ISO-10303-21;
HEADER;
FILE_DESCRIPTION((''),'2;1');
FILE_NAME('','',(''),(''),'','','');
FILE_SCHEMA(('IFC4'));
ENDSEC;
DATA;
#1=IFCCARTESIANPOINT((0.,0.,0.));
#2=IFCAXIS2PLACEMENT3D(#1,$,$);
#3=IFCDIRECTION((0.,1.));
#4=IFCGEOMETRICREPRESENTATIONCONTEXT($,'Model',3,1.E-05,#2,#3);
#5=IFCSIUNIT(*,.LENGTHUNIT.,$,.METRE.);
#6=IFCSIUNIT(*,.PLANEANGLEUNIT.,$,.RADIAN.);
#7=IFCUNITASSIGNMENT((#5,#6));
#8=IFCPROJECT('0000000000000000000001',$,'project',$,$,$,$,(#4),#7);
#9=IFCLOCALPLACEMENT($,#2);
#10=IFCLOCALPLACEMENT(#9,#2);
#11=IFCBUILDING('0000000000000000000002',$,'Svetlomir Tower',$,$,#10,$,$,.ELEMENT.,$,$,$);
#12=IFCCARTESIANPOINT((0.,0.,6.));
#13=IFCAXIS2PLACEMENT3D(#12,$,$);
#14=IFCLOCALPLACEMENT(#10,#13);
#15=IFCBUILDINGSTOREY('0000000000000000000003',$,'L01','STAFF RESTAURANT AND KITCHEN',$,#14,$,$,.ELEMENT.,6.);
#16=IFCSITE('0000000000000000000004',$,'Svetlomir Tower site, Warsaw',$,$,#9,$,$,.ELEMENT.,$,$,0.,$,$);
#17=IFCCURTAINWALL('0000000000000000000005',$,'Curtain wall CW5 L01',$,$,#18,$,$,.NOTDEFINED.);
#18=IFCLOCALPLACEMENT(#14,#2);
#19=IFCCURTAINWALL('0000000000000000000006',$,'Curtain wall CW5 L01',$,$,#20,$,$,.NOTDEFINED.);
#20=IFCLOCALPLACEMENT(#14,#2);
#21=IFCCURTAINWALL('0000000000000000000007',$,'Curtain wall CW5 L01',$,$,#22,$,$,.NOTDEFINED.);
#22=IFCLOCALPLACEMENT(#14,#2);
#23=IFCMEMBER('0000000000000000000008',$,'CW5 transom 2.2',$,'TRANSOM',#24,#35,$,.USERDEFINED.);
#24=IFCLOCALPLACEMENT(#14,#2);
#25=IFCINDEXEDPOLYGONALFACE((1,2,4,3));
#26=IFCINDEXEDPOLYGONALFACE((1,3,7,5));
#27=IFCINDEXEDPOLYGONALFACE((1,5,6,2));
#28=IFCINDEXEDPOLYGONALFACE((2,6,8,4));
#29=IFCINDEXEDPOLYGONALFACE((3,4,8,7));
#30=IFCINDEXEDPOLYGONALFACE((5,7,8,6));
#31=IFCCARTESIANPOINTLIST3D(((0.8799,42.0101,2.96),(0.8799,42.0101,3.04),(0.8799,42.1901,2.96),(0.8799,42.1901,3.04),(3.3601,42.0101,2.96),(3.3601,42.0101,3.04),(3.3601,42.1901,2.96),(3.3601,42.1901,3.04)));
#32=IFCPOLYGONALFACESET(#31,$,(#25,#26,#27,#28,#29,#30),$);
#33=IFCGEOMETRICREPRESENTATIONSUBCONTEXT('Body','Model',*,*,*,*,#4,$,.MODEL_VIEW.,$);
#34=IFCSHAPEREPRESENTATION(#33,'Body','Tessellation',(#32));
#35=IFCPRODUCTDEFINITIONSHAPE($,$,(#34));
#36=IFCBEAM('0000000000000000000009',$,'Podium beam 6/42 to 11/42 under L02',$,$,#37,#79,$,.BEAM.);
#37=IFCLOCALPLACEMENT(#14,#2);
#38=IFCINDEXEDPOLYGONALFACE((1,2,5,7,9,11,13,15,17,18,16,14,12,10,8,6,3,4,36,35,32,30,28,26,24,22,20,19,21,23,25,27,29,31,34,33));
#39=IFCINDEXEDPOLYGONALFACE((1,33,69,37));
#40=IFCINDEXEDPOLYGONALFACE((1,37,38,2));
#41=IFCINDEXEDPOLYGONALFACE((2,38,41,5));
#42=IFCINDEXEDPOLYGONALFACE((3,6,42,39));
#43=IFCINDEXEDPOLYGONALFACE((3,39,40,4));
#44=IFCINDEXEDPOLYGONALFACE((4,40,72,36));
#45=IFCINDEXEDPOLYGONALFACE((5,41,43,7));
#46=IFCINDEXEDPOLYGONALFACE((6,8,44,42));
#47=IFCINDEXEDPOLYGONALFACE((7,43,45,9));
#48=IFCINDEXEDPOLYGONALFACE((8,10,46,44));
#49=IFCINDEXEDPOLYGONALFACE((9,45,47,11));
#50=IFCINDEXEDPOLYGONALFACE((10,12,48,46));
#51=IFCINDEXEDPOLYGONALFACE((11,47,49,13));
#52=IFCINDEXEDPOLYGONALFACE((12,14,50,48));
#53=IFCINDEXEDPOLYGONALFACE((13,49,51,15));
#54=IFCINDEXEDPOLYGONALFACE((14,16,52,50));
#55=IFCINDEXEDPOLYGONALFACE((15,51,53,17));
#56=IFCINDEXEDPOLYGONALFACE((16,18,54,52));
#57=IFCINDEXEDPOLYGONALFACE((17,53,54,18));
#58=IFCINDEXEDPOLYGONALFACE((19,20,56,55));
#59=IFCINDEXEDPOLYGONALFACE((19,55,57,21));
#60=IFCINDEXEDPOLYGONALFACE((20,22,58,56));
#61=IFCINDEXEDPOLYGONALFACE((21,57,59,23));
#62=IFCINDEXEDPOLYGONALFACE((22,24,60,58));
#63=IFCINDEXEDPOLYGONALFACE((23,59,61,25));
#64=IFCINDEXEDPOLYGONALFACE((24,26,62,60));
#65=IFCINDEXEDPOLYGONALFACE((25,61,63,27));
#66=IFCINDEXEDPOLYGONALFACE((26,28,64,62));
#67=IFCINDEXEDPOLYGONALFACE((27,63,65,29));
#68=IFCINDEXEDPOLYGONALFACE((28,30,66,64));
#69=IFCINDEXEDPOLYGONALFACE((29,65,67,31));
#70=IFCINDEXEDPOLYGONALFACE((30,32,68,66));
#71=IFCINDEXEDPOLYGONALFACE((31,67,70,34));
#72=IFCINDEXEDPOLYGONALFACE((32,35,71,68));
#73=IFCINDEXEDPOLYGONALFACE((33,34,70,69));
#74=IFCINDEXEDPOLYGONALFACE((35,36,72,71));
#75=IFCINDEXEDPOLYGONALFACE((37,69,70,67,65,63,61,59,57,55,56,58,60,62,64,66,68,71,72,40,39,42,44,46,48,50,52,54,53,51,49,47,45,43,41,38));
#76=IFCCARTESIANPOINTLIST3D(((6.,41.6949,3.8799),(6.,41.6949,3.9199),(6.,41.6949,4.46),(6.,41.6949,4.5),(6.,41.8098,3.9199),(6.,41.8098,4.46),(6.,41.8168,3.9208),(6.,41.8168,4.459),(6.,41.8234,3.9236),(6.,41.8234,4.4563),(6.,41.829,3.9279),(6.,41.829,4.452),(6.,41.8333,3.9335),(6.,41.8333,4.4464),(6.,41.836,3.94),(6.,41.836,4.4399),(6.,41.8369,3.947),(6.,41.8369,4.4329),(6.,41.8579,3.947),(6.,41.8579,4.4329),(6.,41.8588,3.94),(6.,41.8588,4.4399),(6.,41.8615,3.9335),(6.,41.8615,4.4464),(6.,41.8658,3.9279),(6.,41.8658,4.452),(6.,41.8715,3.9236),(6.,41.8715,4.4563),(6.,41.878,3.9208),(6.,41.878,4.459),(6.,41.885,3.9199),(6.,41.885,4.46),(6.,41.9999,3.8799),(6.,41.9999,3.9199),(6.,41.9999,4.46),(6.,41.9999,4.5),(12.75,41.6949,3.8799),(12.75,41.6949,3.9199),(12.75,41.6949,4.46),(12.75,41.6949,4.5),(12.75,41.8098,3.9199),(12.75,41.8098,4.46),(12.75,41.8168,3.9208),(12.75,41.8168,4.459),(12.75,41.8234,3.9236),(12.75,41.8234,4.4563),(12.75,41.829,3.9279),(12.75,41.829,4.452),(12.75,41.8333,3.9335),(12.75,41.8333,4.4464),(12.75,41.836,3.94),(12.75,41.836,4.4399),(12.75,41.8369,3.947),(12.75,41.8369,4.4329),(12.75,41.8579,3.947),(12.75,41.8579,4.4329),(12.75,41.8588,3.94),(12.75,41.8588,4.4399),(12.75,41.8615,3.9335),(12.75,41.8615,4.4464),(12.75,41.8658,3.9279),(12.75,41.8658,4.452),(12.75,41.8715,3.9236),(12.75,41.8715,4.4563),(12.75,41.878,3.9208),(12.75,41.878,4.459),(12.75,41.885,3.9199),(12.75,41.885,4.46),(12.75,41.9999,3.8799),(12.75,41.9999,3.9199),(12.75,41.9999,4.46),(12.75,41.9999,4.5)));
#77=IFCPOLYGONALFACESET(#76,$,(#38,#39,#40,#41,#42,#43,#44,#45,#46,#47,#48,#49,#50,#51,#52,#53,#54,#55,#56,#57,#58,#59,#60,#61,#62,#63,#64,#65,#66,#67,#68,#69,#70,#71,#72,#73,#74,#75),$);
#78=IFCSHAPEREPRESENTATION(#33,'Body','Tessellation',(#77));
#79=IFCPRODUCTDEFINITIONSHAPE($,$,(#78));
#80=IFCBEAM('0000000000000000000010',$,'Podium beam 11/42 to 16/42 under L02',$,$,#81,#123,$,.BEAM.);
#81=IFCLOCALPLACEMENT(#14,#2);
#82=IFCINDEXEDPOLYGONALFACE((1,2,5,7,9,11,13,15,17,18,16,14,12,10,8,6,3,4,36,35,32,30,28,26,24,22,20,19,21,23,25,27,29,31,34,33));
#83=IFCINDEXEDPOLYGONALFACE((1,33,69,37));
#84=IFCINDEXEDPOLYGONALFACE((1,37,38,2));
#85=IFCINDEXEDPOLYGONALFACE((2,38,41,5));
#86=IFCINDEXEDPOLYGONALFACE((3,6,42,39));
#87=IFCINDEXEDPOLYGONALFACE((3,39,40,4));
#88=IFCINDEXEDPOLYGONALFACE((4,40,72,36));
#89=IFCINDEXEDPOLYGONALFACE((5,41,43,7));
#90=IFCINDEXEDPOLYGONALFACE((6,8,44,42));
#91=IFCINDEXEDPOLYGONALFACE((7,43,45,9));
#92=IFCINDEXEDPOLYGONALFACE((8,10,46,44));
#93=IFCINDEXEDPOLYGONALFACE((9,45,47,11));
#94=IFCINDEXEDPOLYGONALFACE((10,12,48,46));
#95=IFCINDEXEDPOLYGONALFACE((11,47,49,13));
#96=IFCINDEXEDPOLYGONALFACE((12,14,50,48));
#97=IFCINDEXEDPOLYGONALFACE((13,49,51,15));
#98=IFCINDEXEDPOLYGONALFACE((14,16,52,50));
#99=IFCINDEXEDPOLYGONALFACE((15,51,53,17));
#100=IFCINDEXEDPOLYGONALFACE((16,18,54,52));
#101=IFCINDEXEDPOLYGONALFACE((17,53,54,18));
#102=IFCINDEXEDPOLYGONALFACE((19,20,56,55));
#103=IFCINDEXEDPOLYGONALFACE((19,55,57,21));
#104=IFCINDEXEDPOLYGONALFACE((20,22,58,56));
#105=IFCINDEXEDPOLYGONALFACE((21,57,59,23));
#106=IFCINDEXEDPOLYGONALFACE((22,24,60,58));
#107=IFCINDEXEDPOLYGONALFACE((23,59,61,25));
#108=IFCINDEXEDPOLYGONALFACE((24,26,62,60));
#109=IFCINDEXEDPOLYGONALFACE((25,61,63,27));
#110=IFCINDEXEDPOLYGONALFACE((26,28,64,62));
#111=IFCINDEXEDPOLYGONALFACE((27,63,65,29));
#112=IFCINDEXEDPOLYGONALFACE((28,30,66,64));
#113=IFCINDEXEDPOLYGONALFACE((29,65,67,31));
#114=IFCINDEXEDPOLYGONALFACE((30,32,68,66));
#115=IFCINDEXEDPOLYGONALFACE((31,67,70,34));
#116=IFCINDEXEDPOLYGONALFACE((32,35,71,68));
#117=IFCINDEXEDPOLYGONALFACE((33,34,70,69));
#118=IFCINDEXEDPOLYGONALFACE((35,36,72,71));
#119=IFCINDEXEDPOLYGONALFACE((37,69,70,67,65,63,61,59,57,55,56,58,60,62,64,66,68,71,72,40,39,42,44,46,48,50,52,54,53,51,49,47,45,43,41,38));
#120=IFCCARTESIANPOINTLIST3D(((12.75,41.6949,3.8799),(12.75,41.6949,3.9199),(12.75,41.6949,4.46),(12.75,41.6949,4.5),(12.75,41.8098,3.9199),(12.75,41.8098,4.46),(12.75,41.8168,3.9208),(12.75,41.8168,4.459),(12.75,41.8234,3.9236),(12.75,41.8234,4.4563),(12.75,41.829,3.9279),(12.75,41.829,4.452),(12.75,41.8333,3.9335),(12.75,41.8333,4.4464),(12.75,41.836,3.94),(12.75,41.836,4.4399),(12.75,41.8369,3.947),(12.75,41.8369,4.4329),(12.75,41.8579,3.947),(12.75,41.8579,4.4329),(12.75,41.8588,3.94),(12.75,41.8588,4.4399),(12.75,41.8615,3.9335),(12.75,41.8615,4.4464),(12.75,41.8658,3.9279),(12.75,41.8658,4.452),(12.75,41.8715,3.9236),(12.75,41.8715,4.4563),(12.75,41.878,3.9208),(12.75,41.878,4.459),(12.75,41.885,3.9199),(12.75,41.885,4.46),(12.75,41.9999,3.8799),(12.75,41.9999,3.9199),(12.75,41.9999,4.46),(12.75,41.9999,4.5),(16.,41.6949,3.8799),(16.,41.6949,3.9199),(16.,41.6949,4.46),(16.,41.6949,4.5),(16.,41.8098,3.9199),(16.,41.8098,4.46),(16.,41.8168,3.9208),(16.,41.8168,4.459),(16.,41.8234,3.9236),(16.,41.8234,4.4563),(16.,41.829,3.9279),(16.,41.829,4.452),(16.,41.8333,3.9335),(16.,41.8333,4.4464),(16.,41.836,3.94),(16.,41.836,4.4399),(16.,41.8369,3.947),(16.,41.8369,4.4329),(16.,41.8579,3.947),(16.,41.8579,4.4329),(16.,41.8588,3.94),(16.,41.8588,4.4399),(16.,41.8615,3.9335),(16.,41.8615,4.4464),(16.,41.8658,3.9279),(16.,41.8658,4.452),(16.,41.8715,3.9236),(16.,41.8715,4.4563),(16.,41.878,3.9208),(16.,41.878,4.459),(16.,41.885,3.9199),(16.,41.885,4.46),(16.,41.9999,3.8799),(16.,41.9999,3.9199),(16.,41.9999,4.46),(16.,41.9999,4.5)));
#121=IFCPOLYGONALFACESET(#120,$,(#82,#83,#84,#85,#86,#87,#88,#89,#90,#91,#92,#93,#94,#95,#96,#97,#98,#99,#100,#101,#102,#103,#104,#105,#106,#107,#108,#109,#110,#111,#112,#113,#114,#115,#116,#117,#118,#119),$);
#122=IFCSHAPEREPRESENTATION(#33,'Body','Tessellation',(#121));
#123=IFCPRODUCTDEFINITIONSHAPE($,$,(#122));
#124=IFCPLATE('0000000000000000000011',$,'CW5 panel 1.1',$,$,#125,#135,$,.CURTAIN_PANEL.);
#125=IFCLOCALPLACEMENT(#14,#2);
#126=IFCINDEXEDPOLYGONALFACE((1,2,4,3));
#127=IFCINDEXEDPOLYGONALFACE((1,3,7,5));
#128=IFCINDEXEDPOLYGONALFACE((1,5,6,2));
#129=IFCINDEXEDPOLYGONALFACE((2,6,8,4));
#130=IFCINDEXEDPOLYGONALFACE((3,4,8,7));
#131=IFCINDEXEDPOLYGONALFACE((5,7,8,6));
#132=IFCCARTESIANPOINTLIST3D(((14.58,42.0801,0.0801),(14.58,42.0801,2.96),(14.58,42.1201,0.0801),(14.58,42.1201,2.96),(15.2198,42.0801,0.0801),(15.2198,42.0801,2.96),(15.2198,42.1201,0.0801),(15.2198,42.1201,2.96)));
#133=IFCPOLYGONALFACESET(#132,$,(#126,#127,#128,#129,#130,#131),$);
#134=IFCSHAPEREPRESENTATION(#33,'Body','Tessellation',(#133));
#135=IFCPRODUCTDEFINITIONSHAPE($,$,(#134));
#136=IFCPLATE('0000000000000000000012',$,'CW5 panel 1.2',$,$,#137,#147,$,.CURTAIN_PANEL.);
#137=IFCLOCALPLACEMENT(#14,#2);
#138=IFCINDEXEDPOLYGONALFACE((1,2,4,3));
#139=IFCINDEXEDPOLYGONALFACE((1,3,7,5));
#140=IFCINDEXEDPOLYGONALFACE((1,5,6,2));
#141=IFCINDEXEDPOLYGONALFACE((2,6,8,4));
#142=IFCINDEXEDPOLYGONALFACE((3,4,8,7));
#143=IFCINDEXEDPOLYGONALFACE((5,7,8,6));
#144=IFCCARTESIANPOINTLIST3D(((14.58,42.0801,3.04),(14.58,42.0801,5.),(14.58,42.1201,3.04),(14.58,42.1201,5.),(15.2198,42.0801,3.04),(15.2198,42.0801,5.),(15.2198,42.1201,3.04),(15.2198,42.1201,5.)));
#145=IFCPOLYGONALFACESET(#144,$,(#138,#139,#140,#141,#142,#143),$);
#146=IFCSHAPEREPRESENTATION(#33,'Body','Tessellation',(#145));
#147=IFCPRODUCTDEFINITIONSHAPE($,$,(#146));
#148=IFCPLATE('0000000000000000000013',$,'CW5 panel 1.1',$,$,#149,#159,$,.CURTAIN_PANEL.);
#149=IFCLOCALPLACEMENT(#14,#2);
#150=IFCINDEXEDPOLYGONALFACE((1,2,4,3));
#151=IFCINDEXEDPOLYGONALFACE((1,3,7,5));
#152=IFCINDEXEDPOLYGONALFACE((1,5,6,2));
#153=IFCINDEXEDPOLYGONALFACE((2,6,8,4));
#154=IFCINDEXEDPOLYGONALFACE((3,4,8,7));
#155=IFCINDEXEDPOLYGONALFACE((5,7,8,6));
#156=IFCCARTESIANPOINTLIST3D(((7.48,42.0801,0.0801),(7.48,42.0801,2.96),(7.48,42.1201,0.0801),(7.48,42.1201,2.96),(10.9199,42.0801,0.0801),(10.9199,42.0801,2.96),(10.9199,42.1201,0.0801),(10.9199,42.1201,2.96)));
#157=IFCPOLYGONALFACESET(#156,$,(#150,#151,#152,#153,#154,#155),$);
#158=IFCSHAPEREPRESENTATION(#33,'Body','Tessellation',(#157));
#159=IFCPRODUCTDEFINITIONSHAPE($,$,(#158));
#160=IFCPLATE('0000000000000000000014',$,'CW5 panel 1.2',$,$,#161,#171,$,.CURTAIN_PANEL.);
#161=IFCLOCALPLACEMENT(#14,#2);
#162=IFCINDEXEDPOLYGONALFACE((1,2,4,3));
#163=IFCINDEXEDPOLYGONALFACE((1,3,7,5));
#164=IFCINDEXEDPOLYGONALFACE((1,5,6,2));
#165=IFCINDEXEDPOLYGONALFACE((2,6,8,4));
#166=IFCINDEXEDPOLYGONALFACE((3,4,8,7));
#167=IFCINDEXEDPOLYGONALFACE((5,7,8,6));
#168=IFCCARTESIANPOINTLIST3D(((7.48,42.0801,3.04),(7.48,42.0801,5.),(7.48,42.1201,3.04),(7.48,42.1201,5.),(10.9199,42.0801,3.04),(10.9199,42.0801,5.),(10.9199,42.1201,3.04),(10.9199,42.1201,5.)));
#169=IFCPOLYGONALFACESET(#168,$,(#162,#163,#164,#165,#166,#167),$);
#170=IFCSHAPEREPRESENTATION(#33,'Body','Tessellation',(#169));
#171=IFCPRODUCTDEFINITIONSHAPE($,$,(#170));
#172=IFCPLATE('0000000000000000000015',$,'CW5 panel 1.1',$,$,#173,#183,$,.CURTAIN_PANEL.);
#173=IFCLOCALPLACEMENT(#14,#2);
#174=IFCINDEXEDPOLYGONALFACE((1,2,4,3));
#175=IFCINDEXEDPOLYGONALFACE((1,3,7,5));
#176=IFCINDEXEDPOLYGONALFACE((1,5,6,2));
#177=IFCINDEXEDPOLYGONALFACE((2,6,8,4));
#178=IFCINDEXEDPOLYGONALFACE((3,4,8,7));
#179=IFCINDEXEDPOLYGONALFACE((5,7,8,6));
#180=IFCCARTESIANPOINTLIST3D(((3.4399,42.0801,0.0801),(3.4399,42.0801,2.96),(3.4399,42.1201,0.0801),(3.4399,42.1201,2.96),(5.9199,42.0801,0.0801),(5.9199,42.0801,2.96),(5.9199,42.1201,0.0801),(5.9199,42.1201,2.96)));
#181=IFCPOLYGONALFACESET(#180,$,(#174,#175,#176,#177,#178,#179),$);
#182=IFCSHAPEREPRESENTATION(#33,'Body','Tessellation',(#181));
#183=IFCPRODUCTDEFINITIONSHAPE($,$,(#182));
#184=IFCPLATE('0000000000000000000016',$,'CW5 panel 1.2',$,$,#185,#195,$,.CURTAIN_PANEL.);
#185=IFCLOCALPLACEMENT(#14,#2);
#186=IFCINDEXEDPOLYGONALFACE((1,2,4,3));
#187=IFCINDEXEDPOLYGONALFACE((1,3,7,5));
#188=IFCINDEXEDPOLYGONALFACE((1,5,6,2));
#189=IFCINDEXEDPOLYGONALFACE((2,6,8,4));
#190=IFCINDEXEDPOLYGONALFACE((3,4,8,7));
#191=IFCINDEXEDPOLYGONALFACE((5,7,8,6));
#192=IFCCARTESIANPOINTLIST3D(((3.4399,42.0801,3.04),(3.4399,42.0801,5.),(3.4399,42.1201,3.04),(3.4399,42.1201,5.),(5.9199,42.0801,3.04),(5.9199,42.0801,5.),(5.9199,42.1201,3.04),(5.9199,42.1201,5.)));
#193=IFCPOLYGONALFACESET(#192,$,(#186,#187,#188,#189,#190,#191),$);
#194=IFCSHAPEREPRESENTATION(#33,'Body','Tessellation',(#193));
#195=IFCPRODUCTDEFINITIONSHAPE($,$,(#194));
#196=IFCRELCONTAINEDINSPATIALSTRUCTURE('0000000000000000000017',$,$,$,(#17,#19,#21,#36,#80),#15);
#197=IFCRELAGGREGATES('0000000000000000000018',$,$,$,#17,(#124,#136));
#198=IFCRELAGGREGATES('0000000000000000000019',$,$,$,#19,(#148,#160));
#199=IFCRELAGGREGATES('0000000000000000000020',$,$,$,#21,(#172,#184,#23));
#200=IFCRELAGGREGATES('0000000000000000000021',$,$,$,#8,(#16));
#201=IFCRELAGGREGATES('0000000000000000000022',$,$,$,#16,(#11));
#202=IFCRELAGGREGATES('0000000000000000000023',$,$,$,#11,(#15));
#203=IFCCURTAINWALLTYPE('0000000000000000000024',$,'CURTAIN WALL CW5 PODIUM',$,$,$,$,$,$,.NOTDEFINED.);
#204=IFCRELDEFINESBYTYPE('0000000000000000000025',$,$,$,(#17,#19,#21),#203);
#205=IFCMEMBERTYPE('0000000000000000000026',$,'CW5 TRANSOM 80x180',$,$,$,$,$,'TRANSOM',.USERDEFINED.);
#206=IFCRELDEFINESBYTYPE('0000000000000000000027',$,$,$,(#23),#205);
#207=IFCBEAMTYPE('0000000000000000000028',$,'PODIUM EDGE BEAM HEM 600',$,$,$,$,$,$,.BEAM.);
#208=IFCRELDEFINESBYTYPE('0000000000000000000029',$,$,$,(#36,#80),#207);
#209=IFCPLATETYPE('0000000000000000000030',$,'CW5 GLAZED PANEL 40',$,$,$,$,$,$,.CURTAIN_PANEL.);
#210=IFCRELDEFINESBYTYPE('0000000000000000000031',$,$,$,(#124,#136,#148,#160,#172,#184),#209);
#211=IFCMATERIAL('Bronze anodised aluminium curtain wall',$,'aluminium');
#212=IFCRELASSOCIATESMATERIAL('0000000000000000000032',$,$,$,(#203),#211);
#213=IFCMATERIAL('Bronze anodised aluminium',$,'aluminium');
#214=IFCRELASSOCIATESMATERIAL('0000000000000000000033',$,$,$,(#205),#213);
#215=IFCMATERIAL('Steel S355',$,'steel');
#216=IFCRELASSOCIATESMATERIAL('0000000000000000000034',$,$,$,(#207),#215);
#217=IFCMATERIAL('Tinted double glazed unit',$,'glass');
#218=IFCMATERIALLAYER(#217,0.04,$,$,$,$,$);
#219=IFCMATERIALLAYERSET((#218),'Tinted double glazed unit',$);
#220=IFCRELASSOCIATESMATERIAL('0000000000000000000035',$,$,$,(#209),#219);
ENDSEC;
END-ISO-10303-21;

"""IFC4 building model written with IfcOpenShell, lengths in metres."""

from ifc_helpers import new_model, si_unit, direction, frame, origin, origin_2d, place, context, subcontext, project, spatial, rectangle, i_section, extrude, material, layer, layer_set, material_profile, profile_set, type_object, element, aggregate, save


model = new_model("IFC4")

# Units and contexts
model_context = context("Model", 3, precision=1e-05, world=origin(), true_north=direction((0.0, 1.0)))
body_context = subcontext(model_context, "Body", "Model", "MODEL_VIEW")
ifc_project = project(units=[si_unit("LENGTHUNIT", "METRE"), si_unit("PLANEANGLEUNIT", "RADIAN")], contexts=[model_context])

# Site, building, storey
site_placement = place(None, origin())
site = spatial("IfcSite", under=ifc_project, at=site_placement, Name="Svetlomir Tower site, Warsaw", CompositionType="ELEMENT", RefElevation=0.0)
building_placement = place(site_placement, origin())
building = spatial("IfcBuilding", under=site, at=building_placement, Name="Svetlomir Tower", CompositionType="ELEMENT")
storey_placement = place(building_placement, frame((0.0, 0.0, 6.0)))
storey = spatial("IfcBuildingStorey", under=building, at=storey_placement, Name="L01", Description="STAFF RESTAURANT AND KITCHEN", CompositionType="ELEMENT", Elevation=6.0)

# Curtain walls
ifc_material_1 = material(Name="Bronze anodised aluminium curtain wall", Category="aluminium")
curtain_wall_type = type_object("IfcCurtainWallType", Name="CURTAIN WALL CW5 PODIUM", PredefinedType="NOTDEFINED", material=ifc_material_1)
curtain_wall_1_placement = place(storey_placement, origin())
curtain_wall_1 = element("IfcCurtainWall", 1, at=curtain_wall_1_placement, inside=storey, type_object=curtain_wall_type, Name="Curtain wall CW5 L01", PredefinedType="NOTDEFINED")
curtain_wall_2_placement = place(storey_placement, origin())
curtain_wall_2 = element("IfcCurtainWall", 2, at=curtain_wall_2_placement, inside=storey, type_object=curtain_wall_type, Name="Curtain wall CW5 L01", PredefinedType="NOTDEFINED")
curtain_wall_3_placement = place(storey_placement, origin())
curtain_wall_3 = element("IfcCurtainWall", 3, at=curtain_wall_3_placement, inside=storey, type_object=curtain_wall_type, Name="Curtain wall CW5 L01", PredefinedType="NOTDEFINED")

# Member
ifc_material_2 = material(Name="Bronze anodised aluminium", Category="aluminium")
ifc_material_profile_1 = material_profile(ifc_material_2, rectangle(XDim=0.1799, YDim=0.0801, at=origin_2d()), Name="AL 180x80")
ifc_profile_set_1 = profile_set([ifc_material_profile_1], Name="Bronze anodised aluminium 6063-T6")
member_type_1 = type_object("IfcMemberType", Name="CW5 TRANSOM 80x180", ElementType="TRANSOM", PredefinedType="USERDEFINED", material=ifc_profile_set_1)
member_1_placement = place(storey_placement, frame((3.3601, 42.1001, 3.0), z_axis=(-1.0, 0.0, 0.0), x_axis=(0.0, -1.0, 0.0)))
member_1 = element("IfcMember", 4, at=member_1_placement, type_object=member_type_1, Name="CW5 transom 2.2", ObjectType="TRANSOM", PredefinedType="USERDEFINED", context=body_context, shape_type="SweptSolid", body=[
    extrude(rectangle(XDim=0.1799, YDim=0.0801, at=origin_2d()), origin(), (0.0, 0.0, 1.0), 2.4802),
])

# Beams
ifc_material_3 = material(Name="Steel S355", Category="steel")
ifc_material_profile_2 = material_profile(ifc_material_3, i_section(OverallWidth=0.3049, OverallDepth=0.6201, WebThickness=0.021, FlangeThickness=0.04, FilletRadius=0.0271, at=origin_2d()), Name="HEM 600")
ifc_profile_set_2 = profile_set([ifc_material_profile_2], Name="Steel S355")
beam_type = type_object("IfcBeamType", Name="PODIUM EDGE BEAM HEM 600", PredefinedType="BEAM", material=ifc_profile_set_2)
beam_1_placement = place(storey_placement, frame((6.0, 41.8474, 4.1899), z_axis=(1.0, 0.0, 0.0), x_axis=(0.0, 1.0, 0.0)))
element("IfcBeam", 5, at=beam_1_placement, inside=storey, type_object=beam_type, Name="Podium beam 6/42 to 11/42 under L02", PredefinedType="BEAM", context=body_context, shape_type="SweptSolid", body=[
    extrude(i_section(OverallWidth=0.3049, OverallDepth=0.6201, WebThickness=0.021, FlangeThickness=0.04, FilletRadius=0.0271, at=origin_2d()), origin(), (0.0, 0.0, 1.0), 6.75),
])
beam_2_placement = place(storey_placement, frame((12.75, 41.8474, 4.1899), z_axis=(1.0, 0.0, 0.0), x_axis=(0.0, 1.0, 0.0)))
element("IfcBeam", 6, at=beam_2_placement, inside=storey, type_object=beam_type, Name="Podium beam 11/42 to 16/42 under L02", PredefinedType="BEAM", context=body_context, shape_type="SweptSolid", body=[
    extrude(i_section(OverallWidth=0.3049, OverallDepth=0.6201, WebThickness=0.021, FlangeThickness=0.04, FilletRadius=0.0271, at=origin_2d()), origin(), (0.0, 0.0, 1.0), 3.25),
])

# Plates
ifc_material_4 = material(Name="Tinted double glazed unit", Category="glass")
ifc_layer = layer(ifc_material_4, 0.04)
ifc_layer_set = layer_set([ifc_layer], Name="Tinted double glazed unit")
plate_type = type_object("IfcPlateType", Name="CW5 GLAZED PANEL 40", PredefinedType="CURTAIN_PANEL", material=ifc_layer_set)
plate_1_placement = place(storey_placement, frame((14.8999, 42.1001, 0.0801), z_axis=(0.0, 0.0, 1.0), x_axis=(-1.0, 0.0, 0.0)))
plate_1 = element("IfcPlate", 7, at=plate_1_placement, type_object=plate_type, Name="CW5 panel 1.1", PredefinedType="CURTAIN_PANEL", context=body_context, shape_type="SweptSolid", body=[
    extrude(rectangle(XDim=0.6399, YDim=0.04, at=origin_2d()), origin(), (0.0, 0.0, 1.0), 2.8799),
])
plate_2_placement = place(storey_placement, frame((14.8999, 42.1001, 3.04), z_axis=(0.0, 0.0, 1.0), x_axis=(-1.0, 0.0, 0.0)))
plate_2 = element("IfcPlate", 8, at=plate_2_placement, type_object=plate_type, Name="CW5 panel 1.2", PredefinedType="CURTAIN_PANEL", context=body_context, shape_type="SweptSolid", body=[
    extrude(rectangle(XDim=0.6399, YDim=0.04, at=origin_2d()), origin(), (0.0, 0.0, 1.0), 1.96),
])
aggregate(curtain_wall_1, [plate_1, plate_2])
plate_3_placement = place(storey_placement, frame((9.2, 42.1001, 0.0801), z_axis=(0.0, 0.0, 1.0), x_axis=(-1.0, 0.0, 0.0)))
plate_3 = element("IfcPlate", 9, at=plate_3_placement, type_object=plate_type, Name="CW5 panel 1.1", PredefinedType="CURTAIN_PANEL", context=body_context, shape_type="SweptSolid", body=[
    extrude(rectangle(XDim=3.4399, YDim=0.04, at=origin_2d()), origin(), (0.0, 0.0, 1.0), 2.8799),
])
plate_4_placement = place(storey_placement, frame((9.2, 42.1001, 3.04), z_axis=(0.0, 0.0, 1.0), x_axis=(-1.0, 0.0, 0.0)))
plate_4 = element("IfcPlate", 10, at=plate_4_placement, type_object=plate_type, Name="CW5 panel 1.2", PredefinedType="CURTAIN_PANEL", context=body_context, shape_type="SweptSolid", body=[
    extrude(rectangle(XDim=3.4399, YDim=0.04, at=origin_2d()), origin(), (0.0, 0.0, 1.0), 1.96),
])
aggregate(curtain_wall_2, [plate_3, plate_4])
plate_5_placement = place(storey_placement, frame((4.6799, 42.1001, 0.0801), z_axis=(0.0, 0.0, 1.0), x_axis=(-1.0, 0.0, 0.0)))
plate_5 = element("IfcPlate", 11, at=plate_5_placement, type_object=plate_type, Name="CW5 panel 1.1", PredefinedType="CURTAIN_PANEL", context=body_context, shape_type="SweptSolid", body=[
    extrude(rectangle(XDim=2.48, YDim=0.04, at=origin_2d()), origin(), (0.0, 0.0, 1.0), 2.8799),
])
plate_6_placement = place(storey_placement, frame((4.6799, 42.1001, 3.04), z_axis=(0.0, 0.0, 1.0), x_axis=(-1.0, 0.0, 0.0)))
plate_6 = element("IfcPlate", 12, at=plate_6_placement, type_object=plate_type, Name="CW5 panel 1.2", PredefinedType="CURTAIN_PANEL", context=body_context, shape_type="SweptSolid", body=[
    extrude(rectangle(XDim=2.48, YDim=0.04, at=origin_2d()), origin(), (0.0, 0.0, 1.0), 1.96),
])
aggregate(curtain_wall_3, [plate_5, plate_6, member_1])

save(model, "model.ifc")
